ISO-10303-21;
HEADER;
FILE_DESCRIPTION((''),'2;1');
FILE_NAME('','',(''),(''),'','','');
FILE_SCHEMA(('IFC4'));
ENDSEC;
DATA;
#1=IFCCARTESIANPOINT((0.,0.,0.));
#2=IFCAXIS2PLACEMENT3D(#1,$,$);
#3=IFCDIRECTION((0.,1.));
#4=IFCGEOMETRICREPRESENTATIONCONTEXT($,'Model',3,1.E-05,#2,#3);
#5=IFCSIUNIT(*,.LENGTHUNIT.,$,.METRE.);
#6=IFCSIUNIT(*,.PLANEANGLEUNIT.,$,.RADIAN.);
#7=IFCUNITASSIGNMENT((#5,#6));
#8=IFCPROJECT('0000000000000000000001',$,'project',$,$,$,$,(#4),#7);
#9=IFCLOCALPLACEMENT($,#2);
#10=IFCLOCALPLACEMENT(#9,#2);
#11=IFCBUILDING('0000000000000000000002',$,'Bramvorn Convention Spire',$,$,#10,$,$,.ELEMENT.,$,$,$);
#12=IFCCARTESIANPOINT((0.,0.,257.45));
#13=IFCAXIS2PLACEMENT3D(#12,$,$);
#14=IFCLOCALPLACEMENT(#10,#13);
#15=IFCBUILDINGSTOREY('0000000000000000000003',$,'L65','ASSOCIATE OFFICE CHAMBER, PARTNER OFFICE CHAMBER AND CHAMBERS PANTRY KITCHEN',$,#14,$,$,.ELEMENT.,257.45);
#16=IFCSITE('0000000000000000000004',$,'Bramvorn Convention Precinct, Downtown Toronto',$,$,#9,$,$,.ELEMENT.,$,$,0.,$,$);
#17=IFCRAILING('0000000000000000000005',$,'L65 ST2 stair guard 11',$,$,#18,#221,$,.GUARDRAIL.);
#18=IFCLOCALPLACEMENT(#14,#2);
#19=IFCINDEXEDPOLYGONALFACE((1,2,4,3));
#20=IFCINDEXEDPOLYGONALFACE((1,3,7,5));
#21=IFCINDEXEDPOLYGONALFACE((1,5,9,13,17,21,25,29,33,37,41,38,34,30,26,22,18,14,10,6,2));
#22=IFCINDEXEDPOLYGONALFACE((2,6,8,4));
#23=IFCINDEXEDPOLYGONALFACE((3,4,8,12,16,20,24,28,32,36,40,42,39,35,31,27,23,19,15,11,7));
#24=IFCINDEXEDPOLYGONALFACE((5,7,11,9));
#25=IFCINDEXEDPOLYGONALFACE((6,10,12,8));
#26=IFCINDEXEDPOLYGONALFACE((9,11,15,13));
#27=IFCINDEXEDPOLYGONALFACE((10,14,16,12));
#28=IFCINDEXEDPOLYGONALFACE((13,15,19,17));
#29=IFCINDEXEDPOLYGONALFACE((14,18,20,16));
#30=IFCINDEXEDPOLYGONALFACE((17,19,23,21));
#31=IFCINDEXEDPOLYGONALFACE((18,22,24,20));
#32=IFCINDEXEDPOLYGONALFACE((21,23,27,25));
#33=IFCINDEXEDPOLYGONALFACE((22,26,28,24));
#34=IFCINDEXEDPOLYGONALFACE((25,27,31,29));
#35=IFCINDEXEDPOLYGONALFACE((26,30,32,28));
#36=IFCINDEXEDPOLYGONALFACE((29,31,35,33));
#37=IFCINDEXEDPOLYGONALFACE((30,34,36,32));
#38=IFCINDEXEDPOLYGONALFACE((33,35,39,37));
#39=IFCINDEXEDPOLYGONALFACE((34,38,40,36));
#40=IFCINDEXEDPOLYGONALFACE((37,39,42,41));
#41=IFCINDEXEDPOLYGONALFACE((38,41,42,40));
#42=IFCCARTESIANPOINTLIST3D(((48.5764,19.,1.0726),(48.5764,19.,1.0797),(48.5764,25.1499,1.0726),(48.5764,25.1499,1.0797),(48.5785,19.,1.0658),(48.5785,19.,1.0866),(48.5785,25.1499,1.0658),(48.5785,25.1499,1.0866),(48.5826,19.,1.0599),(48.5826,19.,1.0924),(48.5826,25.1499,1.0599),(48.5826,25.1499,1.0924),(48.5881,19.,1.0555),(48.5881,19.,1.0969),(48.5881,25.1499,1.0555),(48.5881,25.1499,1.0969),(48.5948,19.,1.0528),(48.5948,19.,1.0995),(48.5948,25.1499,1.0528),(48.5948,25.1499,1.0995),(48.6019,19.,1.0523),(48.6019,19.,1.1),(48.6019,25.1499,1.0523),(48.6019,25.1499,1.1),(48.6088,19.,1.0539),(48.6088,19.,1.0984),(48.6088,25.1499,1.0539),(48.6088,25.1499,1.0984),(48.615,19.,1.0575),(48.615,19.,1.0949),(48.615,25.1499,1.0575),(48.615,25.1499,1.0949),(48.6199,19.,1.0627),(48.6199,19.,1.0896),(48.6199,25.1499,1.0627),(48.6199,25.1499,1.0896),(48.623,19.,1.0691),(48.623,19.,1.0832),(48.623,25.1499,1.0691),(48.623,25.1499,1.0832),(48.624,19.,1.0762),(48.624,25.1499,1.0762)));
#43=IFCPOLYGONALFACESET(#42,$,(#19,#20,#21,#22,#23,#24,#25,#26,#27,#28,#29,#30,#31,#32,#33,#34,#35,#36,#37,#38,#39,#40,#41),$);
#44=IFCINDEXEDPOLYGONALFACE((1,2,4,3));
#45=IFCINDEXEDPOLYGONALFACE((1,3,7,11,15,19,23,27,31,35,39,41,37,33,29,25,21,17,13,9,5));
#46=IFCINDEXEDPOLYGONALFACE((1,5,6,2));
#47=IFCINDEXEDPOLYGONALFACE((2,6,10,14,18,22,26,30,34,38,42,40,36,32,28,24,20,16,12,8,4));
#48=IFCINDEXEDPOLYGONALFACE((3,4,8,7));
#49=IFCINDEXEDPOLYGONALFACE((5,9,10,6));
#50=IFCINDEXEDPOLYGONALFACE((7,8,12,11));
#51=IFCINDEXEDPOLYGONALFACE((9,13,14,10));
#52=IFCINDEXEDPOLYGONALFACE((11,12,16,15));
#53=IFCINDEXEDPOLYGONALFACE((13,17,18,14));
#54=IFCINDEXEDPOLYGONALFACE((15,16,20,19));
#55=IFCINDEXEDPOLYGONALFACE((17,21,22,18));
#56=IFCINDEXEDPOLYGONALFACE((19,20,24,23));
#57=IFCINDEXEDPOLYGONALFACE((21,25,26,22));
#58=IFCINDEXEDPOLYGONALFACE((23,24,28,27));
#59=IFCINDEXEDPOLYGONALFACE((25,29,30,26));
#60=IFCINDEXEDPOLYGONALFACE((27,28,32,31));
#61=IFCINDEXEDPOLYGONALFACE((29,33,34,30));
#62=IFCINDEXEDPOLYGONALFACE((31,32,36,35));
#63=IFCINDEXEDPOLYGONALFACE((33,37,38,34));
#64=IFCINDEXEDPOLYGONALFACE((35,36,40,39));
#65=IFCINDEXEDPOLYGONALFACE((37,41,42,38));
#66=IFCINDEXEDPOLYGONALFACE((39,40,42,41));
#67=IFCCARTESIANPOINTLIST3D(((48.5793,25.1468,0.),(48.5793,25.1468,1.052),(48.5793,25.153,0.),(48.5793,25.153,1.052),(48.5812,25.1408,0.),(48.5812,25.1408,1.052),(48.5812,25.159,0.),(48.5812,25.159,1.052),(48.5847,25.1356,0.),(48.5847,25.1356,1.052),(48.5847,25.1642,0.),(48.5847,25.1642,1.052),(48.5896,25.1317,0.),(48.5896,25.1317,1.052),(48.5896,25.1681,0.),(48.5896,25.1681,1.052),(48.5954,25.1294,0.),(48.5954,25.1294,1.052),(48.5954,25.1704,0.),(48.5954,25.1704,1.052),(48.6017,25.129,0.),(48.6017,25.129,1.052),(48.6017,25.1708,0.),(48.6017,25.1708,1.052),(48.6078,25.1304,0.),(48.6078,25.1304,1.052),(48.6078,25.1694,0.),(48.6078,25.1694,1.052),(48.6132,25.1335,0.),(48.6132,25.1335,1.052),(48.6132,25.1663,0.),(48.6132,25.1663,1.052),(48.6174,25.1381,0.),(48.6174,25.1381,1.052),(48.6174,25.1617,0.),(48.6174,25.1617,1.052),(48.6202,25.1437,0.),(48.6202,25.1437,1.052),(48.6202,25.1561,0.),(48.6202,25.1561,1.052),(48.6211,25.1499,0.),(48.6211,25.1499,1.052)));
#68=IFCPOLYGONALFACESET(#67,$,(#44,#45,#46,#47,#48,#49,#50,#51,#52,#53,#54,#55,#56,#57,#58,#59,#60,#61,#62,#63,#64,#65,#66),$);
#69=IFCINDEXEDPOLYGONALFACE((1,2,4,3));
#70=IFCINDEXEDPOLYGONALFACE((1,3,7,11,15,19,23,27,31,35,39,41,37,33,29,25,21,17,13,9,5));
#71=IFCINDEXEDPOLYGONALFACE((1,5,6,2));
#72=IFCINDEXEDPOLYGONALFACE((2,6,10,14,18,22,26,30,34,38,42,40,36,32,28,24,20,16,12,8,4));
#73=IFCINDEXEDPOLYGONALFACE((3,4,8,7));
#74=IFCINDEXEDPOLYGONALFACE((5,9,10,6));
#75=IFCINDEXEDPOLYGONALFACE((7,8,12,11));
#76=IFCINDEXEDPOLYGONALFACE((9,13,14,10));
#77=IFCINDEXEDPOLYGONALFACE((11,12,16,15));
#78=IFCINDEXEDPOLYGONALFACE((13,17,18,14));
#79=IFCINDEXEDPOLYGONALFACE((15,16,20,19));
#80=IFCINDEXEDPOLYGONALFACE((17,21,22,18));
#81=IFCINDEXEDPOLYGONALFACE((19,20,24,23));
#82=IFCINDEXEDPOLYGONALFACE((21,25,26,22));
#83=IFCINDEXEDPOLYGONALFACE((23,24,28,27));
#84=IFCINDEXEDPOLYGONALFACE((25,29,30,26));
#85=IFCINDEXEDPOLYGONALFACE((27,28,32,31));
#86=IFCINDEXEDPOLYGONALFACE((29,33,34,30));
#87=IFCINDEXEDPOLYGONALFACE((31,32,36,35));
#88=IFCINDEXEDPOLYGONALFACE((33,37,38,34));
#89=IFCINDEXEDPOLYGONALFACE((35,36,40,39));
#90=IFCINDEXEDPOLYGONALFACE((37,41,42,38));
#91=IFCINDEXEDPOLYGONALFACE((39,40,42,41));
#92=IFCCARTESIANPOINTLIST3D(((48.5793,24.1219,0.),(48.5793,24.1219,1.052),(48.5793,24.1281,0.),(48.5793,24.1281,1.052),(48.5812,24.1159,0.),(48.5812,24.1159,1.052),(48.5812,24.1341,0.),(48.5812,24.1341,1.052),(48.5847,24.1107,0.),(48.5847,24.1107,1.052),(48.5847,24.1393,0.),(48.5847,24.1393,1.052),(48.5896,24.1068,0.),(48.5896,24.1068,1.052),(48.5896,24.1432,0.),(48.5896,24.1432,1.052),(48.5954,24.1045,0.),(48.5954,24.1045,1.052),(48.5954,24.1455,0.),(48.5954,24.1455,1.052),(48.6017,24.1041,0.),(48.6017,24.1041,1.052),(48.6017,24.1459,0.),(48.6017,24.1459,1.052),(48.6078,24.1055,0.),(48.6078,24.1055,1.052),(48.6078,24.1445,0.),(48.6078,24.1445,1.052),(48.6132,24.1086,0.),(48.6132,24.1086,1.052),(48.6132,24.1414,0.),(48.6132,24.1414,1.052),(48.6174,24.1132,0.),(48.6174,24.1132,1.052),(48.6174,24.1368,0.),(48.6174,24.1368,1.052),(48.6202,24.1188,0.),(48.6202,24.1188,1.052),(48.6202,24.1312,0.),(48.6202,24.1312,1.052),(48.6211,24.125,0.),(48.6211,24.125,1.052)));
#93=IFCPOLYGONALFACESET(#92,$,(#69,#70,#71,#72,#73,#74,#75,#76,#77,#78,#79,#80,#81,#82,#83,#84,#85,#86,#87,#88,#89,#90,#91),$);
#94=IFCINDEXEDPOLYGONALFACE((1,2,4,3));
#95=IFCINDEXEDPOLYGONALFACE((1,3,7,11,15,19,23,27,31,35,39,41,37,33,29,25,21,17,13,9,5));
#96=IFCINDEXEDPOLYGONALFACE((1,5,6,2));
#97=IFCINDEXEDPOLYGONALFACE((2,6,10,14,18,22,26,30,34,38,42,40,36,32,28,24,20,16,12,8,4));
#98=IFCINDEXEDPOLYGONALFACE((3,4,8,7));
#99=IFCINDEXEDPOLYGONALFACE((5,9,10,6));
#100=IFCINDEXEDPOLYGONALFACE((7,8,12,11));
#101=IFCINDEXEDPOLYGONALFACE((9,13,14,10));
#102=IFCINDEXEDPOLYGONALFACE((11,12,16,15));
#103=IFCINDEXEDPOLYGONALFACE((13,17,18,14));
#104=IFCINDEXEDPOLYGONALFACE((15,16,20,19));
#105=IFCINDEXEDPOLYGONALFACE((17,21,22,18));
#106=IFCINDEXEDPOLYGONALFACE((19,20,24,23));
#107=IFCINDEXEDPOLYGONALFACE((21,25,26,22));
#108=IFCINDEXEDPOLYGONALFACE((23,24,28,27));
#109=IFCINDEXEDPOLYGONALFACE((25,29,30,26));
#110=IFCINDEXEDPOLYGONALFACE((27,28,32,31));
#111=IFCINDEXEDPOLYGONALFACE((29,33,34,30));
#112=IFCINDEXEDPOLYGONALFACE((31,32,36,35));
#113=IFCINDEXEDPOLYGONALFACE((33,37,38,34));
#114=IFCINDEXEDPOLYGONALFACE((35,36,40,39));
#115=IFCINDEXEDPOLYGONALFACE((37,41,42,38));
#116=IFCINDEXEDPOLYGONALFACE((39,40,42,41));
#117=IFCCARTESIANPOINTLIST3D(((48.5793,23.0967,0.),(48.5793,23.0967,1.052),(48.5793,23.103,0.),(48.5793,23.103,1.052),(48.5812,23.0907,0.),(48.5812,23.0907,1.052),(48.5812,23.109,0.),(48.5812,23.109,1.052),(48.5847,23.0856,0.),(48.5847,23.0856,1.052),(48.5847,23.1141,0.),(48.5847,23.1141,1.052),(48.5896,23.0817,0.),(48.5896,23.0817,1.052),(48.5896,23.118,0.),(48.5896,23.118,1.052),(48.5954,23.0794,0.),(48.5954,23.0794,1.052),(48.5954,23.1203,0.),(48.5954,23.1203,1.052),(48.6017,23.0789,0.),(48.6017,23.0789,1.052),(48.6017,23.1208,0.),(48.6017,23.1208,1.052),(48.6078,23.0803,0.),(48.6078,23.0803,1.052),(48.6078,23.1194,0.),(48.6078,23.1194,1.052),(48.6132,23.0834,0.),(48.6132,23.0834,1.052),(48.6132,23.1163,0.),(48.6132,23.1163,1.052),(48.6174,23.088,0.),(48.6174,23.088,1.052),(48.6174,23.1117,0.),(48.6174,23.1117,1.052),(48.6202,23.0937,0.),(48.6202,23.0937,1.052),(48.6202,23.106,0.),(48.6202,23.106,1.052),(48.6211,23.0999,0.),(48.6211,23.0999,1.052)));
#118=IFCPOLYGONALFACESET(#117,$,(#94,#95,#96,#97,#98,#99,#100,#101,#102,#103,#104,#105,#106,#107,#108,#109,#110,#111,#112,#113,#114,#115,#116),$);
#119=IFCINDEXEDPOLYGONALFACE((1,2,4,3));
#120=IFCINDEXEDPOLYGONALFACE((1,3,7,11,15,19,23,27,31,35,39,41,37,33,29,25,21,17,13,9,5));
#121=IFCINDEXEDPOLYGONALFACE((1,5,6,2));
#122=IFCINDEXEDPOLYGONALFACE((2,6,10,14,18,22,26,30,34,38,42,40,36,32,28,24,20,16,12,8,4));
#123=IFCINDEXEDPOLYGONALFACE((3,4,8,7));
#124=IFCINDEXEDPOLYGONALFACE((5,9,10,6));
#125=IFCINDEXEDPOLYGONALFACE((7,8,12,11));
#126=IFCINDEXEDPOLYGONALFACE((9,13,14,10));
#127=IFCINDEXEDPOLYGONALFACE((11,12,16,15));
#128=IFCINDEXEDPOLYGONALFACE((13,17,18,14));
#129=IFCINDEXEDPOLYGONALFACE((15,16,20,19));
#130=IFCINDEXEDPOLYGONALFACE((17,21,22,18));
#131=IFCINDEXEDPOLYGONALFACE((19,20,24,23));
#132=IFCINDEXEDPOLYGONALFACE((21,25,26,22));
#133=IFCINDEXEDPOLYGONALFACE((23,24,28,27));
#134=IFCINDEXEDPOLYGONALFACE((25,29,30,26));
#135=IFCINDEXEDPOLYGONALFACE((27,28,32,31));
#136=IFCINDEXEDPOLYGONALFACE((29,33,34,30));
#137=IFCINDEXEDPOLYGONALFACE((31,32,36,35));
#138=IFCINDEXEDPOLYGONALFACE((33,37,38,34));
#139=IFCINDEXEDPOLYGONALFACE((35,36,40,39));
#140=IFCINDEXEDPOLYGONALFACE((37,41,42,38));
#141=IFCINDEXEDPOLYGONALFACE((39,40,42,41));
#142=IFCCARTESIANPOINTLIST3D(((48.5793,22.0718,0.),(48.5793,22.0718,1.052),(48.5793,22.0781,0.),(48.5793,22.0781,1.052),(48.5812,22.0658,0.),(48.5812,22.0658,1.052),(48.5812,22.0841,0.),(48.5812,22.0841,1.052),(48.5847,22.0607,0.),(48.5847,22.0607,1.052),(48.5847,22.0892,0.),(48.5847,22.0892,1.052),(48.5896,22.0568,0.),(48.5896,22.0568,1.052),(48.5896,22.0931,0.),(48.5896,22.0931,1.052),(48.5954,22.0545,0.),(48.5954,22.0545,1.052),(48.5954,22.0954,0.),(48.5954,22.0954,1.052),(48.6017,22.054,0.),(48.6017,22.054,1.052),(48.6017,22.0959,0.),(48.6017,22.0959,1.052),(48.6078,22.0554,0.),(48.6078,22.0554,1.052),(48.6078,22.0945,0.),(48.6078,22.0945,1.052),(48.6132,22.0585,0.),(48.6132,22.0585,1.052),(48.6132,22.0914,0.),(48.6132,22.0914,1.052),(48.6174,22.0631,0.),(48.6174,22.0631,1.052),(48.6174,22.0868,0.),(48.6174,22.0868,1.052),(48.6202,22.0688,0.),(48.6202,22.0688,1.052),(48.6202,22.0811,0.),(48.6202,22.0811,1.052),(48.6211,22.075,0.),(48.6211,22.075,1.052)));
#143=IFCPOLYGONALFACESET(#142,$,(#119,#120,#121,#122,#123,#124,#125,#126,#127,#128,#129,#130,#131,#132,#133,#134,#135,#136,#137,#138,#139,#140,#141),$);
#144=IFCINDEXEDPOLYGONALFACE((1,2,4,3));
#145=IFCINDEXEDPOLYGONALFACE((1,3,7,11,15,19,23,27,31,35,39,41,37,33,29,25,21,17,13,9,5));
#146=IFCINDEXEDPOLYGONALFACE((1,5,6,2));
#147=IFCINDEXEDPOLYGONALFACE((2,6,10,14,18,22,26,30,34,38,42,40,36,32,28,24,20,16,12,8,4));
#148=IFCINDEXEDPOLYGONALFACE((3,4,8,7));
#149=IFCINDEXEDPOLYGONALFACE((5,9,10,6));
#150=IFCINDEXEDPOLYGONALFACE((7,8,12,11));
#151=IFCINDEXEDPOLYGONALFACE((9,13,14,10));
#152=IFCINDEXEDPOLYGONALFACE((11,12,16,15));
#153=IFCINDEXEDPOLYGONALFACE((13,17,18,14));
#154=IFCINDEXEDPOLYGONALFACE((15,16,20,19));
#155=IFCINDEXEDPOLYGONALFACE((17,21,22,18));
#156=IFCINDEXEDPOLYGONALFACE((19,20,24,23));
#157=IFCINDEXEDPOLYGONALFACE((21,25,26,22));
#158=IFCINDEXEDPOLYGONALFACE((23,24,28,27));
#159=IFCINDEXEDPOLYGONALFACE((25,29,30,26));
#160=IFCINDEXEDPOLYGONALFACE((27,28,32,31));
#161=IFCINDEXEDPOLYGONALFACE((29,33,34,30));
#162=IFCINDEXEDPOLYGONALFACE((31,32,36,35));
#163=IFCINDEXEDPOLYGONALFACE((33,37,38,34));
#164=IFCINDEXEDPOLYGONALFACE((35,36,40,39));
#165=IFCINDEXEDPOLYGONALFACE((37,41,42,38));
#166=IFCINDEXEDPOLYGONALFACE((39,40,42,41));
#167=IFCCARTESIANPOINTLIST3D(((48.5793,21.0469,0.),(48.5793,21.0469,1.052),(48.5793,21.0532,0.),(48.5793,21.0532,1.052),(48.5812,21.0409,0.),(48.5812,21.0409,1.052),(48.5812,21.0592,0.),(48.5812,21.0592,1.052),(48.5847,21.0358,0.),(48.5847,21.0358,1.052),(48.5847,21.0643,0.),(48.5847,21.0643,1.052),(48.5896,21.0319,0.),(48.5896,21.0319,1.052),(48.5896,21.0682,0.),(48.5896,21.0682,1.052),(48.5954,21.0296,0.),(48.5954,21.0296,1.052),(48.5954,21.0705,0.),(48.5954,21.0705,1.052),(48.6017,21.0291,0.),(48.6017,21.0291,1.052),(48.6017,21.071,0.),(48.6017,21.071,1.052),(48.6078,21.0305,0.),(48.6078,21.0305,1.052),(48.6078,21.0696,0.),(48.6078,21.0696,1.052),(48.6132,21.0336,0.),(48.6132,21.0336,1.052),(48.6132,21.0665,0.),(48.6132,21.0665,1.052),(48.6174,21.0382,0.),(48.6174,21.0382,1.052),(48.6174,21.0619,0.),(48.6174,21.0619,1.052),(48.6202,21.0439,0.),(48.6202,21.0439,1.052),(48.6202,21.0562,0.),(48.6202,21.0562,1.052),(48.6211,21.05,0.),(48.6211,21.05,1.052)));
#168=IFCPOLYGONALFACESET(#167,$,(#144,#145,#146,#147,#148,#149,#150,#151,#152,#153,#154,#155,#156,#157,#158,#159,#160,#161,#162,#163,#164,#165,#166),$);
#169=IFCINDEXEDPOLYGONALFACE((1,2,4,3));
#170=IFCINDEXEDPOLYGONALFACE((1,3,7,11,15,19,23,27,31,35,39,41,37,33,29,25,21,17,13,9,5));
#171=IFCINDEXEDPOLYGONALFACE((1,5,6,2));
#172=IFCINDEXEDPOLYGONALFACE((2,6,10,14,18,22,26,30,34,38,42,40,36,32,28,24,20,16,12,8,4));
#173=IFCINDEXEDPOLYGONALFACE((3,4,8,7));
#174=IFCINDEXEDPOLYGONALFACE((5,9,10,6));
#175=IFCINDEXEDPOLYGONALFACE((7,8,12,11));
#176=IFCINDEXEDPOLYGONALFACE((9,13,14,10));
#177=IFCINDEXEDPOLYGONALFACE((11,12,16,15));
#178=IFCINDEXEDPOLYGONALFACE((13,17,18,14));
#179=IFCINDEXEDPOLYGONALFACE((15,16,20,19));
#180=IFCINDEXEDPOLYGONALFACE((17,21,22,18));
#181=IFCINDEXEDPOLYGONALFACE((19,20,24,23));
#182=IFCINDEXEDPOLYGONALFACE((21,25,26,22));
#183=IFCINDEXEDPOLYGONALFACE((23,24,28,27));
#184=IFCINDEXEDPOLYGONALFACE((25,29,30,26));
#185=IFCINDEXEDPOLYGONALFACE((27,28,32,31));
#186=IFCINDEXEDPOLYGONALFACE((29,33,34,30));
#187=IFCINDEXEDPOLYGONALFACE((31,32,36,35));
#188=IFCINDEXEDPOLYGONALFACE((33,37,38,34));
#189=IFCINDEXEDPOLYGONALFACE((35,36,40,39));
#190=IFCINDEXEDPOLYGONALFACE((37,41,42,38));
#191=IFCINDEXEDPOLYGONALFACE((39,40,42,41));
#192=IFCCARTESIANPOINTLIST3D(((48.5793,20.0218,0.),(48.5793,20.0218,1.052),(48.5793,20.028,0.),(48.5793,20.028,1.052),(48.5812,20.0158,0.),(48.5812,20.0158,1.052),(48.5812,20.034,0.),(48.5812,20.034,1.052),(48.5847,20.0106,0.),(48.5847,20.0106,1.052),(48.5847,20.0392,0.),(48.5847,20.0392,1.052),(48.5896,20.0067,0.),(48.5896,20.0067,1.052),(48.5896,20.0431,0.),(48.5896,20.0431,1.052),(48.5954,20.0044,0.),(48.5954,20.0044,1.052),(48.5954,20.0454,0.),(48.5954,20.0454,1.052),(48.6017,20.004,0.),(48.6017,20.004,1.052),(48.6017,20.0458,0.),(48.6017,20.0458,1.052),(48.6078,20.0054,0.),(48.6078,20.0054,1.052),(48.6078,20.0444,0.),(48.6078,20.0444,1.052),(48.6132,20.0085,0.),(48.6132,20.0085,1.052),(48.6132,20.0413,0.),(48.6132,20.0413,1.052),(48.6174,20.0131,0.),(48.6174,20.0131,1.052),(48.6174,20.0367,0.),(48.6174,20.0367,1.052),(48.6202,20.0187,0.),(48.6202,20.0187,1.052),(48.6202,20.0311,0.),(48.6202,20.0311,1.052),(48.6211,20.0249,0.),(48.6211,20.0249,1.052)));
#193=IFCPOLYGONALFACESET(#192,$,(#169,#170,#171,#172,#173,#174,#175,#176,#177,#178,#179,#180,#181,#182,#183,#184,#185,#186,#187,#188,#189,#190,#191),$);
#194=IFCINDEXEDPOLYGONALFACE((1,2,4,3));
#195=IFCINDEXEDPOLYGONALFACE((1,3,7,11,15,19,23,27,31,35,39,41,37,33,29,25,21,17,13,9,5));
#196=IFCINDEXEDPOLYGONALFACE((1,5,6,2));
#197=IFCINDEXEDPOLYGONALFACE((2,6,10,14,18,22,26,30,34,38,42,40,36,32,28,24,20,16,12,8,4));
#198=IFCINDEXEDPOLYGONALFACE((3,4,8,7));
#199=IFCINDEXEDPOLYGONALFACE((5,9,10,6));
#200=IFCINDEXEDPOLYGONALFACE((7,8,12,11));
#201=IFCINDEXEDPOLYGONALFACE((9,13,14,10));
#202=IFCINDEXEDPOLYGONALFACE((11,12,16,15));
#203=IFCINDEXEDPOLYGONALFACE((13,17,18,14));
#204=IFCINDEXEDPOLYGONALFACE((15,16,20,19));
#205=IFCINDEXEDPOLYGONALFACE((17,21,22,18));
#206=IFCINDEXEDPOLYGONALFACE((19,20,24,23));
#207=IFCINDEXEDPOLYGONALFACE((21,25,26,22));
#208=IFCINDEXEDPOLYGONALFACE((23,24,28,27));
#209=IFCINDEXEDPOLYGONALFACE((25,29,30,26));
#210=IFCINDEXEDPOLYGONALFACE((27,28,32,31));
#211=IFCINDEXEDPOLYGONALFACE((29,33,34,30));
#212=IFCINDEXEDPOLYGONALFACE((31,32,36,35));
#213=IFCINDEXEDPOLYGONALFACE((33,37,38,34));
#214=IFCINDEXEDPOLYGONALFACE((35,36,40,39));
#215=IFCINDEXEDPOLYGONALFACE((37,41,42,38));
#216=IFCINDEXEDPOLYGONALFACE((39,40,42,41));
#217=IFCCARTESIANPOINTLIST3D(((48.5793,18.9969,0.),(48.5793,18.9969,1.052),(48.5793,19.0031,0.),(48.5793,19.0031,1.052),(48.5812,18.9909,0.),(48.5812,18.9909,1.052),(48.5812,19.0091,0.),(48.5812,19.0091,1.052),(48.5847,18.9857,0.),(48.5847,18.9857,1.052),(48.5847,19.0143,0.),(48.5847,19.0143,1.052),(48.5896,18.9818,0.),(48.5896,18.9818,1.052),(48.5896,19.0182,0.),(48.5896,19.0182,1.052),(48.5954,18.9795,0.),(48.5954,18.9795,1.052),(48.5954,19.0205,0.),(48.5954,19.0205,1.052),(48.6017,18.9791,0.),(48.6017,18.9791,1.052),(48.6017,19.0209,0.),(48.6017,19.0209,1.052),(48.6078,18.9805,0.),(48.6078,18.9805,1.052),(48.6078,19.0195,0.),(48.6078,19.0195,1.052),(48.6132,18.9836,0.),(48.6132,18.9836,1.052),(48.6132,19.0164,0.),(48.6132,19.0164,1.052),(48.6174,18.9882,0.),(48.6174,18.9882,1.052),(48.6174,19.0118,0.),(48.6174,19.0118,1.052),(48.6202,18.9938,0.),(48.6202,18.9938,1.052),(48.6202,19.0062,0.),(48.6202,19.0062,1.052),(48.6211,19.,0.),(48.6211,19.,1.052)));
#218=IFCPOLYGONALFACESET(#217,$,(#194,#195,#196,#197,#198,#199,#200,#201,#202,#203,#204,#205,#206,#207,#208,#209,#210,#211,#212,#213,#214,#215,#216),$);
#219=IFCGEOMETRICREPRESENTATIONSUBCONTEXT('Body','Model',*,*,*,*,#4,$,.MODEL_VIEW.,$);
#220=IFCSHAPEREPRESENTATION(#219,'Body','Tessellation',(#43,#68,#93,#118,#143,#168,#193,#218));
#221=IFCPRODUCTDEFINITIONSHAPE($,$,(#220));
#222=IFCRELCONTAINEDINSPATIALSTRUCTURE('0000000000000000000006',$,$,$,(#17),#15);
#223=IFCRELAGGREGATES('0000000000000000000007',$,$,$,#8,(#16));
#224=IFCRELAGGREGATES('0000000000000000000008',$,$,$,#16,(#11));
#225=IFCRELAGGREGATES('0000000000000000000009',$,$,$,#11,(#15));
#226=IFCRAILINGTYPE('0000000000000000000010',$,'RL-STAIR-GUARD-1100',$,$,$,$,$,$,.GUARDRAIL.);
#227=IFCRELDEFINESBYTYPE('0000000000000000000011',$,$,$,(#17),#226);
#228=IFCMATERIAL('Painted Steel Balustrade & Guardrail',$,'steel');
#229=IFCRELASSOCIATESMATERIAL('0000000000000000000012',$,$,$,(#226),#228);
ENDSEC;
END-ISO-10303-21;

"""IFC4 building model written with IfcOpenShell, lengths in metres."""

from ifc_helpers import new_model, si_unit, direction, frame, origin, origin_2d, place, context, subcontext, project, spatial, circle, extrude, material, type_object, element, save


model = new_model("IFC4")

# Units and contexts
model_context = context("Model", 3, precision=1e-05, world=origin(), true_north=direction((0.0, 1.0)))
body_context = subcontext(model_context, "Body", "Model", "MODEL_VIEW")
ifc_project = project(units=[si_unit("LENGTHUNIT", "METRE"), si_unit("PLANEANGLEUNIT", "RADIAN")], contexts=[model_context])

# Site, building, storey
site_placement = place(None, origin())
site = spatial("IfcSite", under=ifc_project, at=site_placement, Name="Bramvorn Convention Precinct, Downtown Toronto", CompositionType="ELEMENT", RefElevation=0.0)
building_placement = place(site_placement, origin())
building = spatial("IfcBuilding", under=site, at=building_placement, Name="Bramvorn Convention Spire", CompositionType="ELEMENT")
storey_placement = place(building_placement, frame((0.0, 0.0, 257.45)))
storey = spatial("IfcBuildingStorey", under=building, at=storey_placement, Name="L65", Description="ASSOCIATE OFFICE CHAMBER, PARTNER OFFICE CHAMBER AND CHAMBERS PANTRY KITCHEN", CompositionType="ELEMENT", Elevation=257.45)

# Railing
ifc_material_1 = material(Name="Painted Steel Balustrade & Guardrail", Category="steel")
railing_type_1 = type_object("IfcRailingType", Name="RL-STAIR-GUARD-1100", PredefinedType="GUARDRAIL", material=ifc_material_1)
railing_1_placement = place(storey_placement, frame((48.6001, 25.1499, 0.0)))
element("IfcRailing", 1, at=railing_1_placement, inside=storey, type_object=railing_type_1, Name="L65 ST2 stair guard 11", PredefinedType="GUARDRAIL", context=body_context, shape_type="SweptSolid", body=[
    extrude(circle(Radius=0.0239, at=origin_2d()), frame((0.0, 0.0, 1.0762), z_axis=(0.0, -1.0, 0.0), x_axis=(1.0, 0.0, 0.0)), (0.0, 0.0, 1.0), 6.1499),
    extrude(circle(Radius=0.021, at=origin_2d()), origin(), (0.0, 0.0, 1.0), 1.052),
    extrude(circle(Radius=0.021, at=origin_2d()), frame((0.0, -1.0249, 0.0)), (0.0, 0.0, 1.0), 1.052),
    extrude(circle(Radius=0.021, at=origin_2d()), frame((0.0, -2.05, 0.0)), (0.0, 0.0, 1.0), 1.052),
    extrude(circle(Radius=0.021, at=origin_2d()), frame((0.0, -3.075, 0.0)), (0.0, 0.0, 1.0), 1.052),
    extrude(circle(Radius=0.021, at=origin_2d()), frame((0.0, -4.0999, 0.0)), (0.0, 0.0, 1.0), 1.052),
    extrude(circle(Radius=0.021, at=origin_2d()), frame((0.0, -5.125, 0.0)), (0.0, 0.0, 1.0), 1.052),
    extrude(circle(Radius=0.021, at=origin_2d()), frame((0.0, -6.1499, 0.0)), (0.0, 0.0, 1.0), 1.052),
])

save(model, "model.ifc")
